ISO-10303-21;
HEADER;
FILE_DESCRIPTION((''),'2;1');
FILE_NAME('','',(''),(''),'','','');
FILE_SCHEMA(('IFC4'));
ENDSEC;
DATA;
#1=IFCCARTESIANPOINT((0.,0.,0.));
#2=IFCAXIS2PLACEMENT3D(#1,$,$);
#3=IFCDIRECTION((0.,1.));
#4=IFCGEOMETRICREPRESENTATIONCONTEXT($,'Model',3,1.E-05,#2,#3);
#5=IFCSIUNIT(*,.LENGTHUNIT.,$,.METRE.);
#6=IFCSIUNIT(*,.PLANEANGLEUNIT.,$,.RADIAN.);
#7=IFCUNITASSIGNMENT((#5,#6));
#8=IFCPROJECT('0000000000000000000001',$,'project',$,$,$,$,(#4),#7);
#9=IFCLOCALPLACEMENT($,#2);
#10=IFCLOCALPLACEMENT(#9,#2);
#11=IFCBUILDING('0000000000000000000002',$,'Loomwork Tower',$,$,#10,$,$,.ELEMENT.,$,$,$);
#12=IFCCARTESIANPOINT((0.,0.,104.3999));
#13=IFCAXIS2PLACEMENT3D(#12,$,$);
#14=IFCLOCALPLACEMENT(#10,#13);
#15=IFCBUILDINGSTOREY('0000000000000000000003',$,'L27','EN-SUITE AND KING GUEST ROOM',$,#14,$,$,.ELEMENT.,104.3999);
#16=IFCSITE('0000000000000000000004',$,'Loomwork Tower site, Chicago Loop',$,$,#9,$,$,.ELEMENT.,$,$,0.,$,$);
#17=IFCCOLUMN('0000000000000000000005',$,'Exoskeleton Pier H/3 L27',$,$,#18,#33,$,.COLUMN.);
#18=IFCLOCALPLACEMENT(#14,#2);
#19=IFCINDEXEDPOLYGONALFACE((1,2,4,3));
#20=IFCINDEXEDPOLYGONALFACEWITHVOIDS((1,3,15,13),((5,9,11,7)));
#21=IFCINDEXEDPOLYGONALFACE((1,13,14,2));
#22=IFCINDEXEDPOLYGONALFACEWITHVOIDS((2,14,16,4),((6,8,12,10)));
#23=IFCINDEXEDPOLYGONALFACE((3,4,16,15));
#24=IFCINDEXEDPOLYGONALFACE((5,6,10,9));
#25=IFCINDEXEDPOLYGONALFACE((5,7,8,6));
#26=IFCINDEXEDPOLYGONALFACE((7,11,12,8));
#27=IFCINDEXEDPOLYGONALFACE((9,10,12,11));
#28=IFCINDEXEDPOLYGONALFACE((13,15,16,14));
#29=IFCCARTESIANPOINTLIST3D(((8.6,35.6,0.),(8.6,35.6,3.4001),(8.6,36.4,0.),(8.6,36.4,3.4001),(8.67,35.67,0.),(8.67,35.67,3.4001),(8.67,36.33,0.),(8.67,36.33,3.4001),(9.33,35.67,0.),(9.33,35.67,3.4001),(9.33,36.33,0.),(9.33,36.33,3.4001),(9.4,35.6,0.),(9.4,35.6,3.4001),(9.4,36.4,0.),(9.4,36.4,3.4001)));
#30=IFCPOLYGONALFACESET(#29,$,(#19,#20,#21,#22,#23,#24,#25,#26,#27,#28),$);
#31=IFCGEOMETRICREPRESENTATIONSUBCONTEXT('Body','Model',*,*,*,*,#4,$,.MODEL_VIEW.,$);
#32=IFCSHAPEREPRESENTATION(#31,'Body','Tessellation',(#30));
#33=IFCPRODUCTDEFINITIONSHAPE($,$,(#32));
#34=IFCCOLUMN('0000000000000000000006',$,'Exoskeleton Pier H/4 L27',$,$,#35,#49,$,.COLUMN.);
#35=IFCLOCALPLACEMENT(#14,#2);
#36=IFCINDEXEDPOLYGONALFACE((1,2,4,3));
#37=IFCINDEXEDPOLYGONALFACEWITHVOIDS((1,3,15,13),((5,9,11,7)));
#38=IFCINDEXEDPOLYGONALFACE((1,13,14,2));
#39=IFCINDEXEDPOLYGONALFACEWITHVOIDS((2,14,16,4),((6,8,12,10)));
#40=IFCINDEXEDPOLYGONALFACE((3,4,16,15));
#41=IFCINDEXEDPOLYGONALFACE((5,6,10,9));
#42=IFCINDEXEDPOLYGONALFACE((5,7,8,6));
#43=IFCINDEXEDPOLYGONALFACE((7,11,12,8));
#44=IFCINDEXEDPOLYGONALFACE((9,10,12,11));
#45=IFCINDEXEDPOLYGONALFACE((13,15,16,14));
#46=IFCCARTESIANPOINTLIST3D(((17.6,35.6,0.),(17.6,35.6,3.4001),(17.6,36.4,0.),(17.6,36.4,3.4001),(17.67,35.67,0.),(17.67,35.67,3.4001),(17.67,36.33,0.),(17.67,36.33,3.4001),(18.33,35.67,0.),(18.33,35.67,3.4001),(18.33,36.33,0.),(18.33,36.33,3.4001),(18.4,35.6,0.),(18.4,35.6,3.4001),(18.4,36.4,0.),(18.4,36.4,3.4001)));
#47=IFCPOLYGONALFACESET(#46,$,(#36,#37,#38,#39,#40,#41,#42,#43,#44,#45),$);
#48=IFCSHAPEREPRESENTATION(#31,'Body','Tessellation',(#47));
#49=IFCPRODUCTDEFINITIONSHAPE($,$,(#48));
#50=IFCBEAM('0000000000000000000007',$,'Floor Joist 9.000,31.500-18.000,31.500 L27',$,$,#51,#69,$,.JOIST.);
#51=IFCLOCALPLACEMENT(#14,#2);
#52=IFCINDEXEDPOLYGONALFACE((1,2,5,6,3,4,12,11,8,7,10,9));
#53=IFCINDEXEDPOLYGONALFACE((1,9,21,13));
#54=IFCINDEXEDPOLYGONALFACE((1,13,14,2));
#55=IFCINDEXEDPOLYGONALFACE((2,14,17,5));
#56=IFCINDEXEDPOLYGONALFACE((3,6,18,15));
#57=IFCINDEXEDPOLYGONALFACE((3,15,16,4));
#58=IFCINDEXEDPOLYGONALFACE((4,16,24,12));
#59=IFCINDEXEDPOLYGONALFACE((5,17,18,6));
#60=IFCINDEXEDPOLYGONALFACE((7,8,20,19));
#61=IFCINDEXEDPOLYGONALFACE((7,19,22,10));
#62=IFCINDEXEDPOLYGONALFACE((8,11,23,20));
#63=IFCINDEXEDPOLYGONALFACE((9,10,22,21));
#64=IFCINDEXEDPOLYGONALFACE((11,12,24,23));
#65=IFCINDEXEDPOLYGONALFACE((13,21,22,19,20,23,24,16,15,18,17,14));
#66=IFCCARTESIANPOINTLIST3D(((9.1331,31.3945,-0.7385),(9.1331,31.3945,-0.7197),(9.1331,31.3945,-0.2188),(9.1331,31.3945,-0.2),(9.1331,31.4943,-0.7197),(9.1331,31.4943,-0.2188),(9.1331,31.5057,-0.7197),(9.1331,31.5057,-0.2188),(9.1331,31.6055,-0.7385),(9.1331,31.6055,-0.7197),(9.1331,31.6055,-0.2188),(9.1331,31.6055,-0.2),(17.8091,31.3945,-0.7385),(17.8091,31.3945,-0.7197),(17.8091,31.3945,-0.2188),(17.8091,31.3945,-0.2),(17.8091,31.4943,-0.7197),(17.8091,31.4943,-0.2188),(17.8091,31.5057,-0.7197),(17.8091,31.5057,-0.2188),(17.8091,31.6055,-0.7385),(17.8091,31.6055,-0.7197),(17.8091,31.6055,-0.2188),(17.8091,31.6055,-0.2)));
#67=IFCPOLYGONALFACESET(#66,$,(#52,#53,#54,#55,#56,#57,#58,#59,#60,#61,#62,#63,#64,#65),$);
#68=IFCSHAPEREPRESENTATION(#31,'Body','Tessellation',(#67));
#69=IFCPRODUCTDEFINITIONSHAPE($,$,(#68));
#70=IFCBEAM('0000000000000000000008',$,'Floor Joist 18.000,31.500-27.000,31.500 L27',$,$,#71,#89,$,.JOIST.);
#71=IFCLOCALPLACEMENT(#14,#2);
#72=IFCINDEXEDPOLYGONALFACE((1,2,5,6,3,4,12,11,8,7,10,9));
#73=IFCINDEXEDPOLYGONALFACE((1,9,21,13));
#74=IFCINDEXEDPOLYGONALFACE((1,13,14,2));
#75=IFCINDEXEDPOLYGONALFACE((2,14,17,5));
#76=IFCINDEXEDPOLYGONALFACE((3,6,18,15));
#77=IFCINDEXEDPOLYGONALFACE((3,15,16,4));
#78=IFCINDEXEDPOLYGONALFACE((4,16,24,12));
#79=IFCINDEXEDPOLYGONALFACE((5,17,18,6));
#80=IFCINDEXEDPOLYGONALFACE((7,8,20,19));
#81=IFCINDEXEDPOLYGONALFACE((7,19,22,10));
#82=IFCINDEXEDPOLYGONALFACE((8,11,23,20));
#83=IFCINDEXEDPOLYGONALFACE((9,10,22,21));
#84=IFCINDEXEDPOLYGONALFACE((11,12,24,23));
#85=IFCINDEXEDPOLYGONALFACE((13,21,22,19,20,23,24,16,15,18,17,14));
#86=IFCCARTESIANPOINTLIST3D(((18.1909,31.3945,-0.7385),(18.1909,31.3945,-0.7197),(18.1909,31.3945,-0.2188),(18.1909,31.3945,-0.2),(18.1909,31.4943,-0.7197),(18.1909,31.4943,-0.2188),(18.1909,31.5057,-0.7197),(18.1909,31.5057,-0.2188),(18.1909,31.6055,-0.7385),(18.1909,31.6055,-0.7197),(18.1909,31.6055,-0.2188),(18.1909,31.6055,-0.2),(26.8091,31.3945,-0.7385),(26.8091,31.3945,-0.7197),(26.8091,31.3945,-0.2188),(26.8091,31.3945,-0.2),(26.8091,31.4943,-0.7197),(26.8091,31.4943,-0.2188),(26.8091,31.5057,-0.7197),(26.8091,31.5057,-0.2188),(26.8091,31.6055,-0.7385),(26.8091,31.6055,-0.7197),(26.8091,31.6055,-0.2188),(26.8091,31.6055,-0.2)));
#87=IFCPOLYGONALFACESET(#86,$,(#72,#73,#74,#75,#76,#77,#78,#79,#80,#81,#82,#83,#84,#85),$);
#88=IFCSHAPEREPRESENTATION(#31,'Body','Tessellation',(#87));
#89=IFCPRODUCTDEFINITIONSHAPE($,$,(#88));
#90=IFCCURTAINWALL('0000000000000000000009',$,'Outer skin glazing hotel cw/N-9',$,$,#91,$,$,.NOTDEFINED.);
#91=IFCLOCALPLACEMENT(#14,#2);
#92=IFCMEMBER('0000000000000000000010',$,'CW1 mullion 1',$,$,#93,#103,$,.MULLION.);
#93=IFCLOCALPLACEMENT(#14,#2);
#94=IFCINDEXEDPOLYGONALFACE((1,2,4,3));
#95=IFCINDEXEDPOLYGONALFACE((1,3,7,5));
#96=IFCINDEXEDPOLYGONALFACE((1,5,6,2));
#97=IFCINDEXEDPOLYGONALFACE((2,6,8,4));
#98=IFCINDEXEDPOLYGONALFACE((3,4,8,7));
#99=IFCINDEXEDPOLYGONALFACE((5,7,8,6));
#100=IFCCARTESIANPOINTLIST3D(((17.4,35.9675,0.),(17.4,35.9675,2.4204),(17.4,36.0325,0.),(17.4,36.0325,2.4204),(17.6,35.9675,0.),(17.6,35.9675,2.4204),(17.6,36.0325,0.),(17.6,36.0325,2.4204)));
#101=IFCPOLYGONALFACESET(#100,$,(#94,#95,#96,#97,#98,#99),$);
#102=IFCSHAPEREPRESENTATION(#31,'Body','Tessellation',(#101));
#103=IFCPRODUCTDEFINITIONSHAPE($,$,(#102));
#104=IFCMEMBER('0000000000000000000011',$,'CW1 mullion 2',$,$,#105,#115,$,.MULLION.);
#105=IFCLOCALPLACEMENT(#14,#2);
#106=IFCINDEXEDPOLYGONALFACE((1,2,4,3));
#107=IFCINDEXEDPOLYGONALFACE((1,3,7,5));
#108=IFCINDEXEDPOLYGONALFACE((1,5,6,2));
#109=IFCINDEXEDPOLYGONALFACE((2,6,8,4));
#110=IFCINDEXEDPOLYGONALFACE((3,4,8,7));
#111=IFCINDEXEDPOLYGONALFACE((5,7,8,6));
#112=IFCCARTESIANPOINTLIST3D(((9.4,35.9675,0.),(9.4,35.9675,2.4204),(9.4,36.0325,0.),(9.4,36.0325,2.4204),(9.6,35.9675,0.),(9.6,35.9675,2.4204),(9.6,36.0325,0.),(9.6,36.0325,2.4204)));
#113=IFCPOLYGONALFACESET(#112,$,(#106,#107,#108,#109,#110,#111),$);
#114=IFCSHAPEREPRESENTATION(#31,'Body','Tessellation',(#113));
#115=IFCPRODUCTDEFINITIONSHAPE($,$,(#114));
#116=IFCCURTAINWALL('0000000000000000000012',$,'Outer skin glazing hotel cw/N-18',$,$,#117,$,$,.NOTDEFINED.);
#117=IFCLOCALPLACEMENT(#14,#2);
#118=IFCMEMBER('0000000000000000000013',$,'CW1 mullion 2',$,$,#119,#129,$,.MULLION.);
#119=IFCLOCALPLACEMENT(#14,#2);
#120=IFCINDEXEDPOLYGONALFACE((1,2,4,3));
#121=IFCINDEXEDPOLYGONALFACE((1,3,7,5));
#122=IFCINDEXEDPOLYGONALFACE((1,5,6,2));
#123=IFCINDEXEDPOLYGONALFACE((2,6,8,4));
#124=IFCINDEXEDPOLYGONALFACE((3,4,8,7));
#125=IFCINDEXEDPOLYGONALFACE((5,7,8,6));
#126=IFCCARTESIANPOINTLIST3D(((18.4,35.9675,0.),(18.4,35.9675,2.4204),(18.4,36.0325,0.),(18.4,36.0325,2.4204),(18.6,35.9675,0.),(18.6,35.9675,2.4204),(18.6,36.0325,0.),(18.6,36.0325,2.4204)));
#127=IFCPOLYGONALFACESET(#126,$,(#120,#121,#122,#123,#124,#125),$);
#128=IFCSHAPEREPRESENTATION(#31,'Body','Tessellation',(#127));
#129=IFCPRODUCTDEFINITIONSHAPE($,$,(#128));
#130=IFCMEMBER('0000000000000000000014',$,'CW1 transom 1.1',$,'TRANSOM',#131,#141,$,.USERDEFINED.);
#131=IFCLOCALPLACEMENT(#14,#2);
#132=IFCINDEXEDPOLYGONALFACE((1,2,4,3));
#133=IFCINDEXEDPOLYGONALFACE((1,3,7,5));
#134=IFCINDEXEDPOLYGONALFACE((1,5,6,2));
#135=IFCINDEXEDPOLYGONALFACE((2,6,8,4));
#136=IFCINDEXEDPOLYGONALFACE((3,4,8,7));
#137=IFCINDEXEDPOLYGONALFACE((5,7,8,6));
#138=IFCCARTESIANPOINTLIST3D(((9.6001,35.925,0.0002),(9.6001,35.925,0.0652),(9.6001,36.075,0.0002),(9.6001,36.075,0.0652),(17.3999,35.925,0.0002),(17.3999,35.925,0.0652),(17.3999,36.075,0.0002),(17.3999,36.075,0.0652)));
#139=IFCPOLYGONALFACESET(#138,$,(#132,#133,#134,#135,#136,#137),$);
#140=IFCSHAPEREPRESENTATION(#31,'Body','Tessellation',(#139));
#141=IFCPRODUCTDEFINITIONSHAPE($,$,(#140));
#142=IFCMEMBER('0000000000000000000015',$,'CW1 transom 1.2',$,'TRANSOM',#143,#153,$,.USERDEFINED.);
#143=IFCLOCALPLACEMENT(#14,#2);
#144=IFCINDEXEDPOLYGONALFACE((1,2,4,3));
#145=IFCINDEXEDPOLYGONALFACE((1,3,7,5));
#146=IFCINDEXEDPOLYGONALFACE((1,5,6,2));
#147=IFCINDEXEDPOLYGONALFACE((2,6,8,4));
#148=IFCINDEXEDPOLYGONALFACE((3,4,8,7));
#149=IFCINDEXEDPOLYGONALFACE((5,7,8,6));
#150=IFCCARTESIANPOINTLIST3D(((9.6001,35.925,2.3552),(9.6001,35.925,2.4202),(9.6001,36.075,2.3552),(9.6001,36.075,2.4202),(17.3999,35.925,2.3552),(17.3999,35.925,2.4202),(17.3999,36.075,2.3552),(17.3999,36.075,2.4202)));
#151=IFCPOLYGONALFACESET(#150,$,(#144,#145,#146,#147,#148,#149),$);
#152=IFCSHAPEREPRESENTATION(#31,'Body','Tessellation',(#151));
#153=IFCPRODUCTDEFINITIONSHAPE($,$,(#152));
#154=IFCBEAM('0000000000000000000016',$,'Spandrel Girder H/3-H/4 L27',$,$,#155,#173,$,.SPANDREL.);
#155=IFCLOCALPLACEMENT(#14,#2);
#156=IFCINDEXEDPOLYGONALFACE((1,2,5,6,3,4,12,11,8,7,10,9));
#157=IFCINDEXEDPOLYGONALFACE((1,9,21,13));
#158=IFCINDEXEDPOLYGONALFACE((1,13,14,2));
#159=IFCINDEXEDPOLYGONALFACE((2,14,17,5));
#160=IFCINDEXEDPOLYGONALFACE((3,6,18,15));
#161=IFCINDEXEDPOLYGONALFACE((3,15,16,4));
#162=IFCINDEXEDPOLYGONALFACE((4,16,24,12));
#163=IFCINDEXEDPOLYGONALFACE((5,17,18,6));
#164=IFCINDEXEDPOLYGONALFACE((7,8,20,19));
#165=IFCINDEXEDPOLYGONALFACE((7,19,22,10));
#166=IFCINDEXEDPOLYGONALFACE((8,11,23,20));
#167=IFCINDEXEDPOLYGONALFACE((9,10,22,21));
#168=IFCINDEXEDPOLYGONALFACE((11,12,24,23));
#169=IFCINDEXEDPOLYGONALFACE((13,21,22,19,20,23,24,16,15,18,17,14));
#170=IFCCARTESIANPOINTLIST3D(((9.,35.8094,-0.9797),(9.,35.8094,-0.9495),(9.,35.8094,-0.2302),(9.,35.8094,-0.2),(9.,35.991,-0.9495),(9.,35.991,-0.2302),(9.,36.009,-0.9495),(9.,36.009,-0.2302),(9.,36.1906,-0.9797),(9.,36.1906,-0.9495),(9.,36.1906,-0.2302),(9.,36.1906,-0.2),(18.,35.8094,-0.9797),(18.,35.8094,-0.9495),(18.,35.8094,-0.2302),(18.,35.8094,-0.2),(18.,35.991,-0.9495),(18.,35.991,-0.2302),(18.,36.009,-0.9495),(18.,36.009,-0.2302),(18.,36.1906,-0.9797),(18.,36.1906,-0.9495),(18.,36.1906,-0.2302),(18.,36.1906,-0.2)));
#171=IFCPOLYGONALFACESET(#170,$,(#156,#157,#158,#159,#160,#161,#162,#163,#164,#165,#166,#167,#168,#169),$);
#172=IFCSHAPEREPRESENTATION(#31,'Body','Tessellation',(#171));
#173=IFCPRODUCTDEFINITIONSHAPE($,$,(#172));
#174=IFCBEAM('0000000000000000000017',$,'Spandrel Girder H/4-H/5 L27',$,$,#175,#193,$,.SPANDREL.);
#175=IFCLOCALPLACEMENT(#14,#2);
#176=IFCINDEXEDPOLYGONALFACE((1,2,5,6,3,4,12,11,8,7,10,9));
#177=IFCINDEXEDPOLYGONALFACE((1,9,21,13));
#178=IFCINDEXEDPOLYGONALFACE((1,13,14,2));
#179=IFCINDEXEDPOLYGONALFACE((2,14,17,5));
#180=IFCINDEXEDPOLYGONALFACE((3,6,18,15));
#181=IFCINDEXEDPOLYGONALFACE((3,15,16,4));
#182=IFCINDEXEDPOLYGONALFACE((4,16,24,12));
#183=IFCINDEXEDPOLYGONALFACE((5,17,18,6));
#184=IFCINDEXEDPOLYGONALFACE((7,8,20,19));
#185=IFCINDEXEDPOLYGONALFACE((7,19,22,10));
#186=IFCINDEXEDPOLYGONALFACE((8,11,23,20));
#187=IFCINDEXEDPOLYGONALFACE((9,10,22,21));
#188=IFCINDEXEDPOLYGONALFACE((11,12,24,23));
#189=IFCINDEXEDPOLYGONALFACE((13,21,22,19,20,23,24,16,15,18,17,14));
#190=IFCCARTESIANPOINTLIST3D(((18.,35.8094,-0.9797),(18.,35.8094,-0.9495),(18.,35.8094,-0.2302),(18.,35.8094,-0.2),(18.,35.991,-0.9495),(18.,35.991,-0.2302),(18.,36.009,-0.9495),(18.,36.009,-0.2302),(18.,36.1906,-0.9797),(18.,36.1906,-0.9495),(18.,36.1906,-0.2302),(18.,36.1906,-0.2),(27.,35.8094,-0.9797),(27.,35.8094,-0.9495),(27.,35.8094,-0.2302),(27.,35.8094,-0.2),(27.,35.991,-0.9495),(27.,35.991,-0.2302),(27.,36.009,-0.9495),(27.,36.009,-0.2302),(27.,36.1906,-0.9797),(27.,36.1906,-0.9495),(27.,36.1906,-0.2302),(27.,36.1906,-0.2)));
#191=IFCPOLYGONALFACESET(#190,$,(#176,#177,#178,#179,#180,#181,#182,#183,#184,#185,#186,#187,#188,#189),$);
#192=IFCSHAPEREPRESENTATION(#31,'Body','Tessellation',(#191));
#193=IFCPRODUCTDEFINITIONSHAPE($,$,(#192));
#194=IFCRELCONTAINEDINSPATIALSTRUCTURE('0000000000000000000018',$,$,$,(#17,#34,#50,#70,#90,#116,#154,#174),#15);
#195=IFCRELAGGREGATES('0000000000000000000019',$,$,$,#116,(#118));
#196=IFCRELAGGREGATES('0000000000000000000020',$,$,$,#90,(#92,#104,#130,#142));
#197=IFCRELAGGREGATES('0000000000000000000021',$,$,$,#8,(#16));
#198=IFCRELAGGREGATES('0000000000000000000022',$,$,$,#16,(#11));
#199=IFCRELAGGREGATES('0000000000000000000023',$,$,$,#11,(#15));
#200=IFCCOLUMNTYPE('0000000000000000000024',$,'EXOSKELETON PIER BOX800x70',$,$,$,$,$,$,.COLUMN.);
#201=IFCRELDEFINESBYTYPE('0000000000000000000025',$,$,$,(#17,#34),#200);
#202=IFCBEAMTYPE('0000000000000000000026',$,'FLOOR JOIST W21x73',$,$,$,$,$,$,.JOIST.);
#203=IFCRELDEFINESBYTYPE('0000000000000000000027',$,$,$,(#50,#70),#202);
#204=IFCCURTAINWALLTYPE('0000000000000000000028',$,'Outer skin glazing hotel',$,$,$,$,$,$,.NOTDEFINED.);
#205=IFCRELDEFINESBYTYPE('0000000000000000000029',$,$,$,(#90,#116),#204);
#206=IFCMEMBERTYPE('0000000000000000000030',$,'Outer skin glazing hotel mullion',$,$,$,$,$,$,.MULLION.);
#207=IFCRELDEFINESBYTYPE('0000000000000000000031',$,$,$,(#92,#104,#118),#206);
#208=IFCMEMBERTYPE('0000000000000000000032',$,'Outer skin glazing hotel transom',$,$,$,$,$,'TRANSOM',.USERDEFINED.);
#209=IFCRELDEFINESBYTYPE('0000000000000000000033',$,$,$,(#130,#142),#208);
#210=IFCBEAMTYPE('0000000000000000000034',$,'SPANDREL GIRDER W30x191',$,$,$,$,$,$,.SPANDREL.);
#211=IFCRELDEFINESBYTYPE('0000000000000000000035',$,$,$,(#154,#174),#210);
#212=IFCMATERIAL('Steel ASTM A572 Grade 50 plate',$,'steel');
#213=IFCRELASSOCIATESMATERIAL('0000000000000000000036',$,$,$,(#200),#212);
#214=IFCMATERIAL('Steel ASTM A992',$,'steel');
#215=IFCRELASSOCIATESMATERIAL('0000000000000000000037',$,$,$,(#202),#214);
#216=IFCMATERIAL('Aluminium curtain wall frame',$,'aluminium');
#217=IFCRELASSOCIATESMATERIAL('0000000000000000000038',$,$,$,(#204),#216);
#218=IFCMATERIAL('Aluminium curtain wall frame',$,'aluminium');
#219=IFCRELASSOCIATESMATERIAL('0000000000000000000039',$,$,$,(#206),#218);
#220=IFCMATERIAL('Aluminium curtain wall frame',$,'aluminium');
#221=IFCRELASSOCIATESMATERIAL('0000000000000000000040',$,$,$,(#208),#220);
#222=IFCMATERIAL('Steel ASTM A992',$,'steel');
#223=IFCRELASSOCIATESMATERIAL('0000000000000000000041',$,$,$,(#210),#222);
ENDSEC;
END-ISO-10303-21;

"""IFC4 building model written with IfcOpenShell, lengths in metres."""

from ifc_helpers import new_model, si_unit, direction, frame, origin, origin_2d, place, context, subcontext, project, spatial, rectangle, hollow_rectangle, i_section, extrude, material, material_profile, profile_set, type_object, element, aggregate, save


model = new_model("IFC4")

# Units and contexts
model_context = context("Model", 3, precision=1e-05, world=origin(), true_north=direction((0.0, 1.0)))
body_context = subcontext(model_context, "Body", "Model", "MODEL_VIEW")
ifc_project = project(units=[si_unit("LENGTHUNIT", "METRE"), si_unit("PLANEANGLEUNIT", "RADIAN")], contexts=[model_context])

# Site, building, storey
site_placement = place(None, origin())
site = spatial("IfcSite", under=ifc_project, at=site_placement, Name="Loomwork Tower site, Chicago Loop", CompositionType="ELEMENT", RefElevation=0.0)
building_placement = place(site_placement, origin())
building = spatial("IfcBuilding", under=site, at=building_placement, Name="Loomwork Tower", CompositionType="ELEMENT")
storey_placement = place(building_placement, frame((0.0, 0.0, 104.3999)))
storey = spatial("IfcBuildingStorey", under=building, at=storey_placement, Name="L27", Description="EN-SUITE AND KING GUEST ROOM", CompositionType="ELEMENT", Elevation=104.3999)

# Columns
ifc_material_1 = material(Name="Steel ASTM A572 Grade 50 plate", Category="steel")
ifc_material_profile_1 = material_profile(ifc_material_1, hollow_rectangle(XDim=0.8, YDim=0.8, WallThickness=0.0701, at=origin_2d()), Name="BOX800x70")
ifc_profile_set_1 = profile_set([ifc_material_profile_1], Name="Steel ASTM A572 Grade 50 plate")
column_type = type_object("IfcColumnType", Name="EXOSKELETON PIER BOX800x70", PredefinedType="COLUMN", material=ifc_profile_set_1)
for number, where, z_axis, x_axis, name in (
    (1, (9.0, 36.0, 0.0), (0.0, 0.0, 1.0), (1.0, 0.0, 0.0), "Exoskeleton Pier H/3 L27"),
    (2, (18.0, 36.0, 0.0), (0.0, 0.0, 1.0), (1.0, 0.0, 0.0), "Exoskeleton Pier H/4 L27"),
):
    element("IfcColumn", number, at=place(storey_placement, frame(where, z_axis=z_axis, x_axis=x_axis)), inside=storey, type_object=column_type, Name=name, PredefinedType="COLUMN", context=body_context, shape_type="SweptSolid", body=[
        extrude(hollow_rectangle(XDim=0.8, YDim=0.8, WallThickness=0.0701, at=origin_2d()), origin(), (0.0, 0.0, 1.0), 3.4001),
    ])

# Beams
ifc_material_2 = material(Name="Steel ASTM A992", Category="steel")
ifc_material_profile_2 = material_profile(ifc_material_2, i_section(OverallWidth=0.2109, OverallDepth=0.5386, WebThickness=0.0115, FlangeThickness=0.0188, at=origin_2d()), Name="W21x73")
ifc_profile_set_2 = profile_set([ifc_material_profile_2], Name="Steel ASTM A992")
beam_type_1 = type_object("IfcBeamType", Name="FLOOR JOIST W21x73", PredefinedType="JOIST", material=ifc_profile_set_2)
beam_1_placement = place(storey_placement, frame((9.1331, 31.5, -0.4692), z_axis=(1.0, 0.0, 0.0), x_axis=(0.0, 1.0, 0.0)))
element("IfcBeam", 3, at=beam_1_placement, inside=storey, type_object=beam_type_1, Name="Floor Joist 9.000,31.500-18.000,31.500 L27", PredefinedType="JOIST", context=body_context, shape_type="SweptSolid", body=[
    extrude(i_section(OverallWidth=0.2109, OverallDepth=0.5386, WebThickness=0.0115, FlangeThickness=0.0188, at=origin_2d()), origin(), (0.0, 0.0, 1.0), 8.676),
])
beam_2_placement = place(storey_placement, frame((18.1909, 31.5, -0.4692), z_axis=(1.0, 0.0, 0.0), x_axis=(0.0, 1.0, 0.0)))
element("IfcBeam", 4, at=beam_2_placement, inside=storey, type_object=beam_type_1, Name="Floor Joist 18.000,31.500-27.000,31.500 L27", PredefinedType="JOIST", context=body_context, shape_type="SweptSolid", body=[
    extrude(i_section(OverallWidth=0.2109, OverallDepth=0.5386, WebThickness=0.0115, FlangeThickness=0.0188, at=origin_2d()), origin(), (0.0, 0.0, 1.0), 8.6182),
])

# Curtain wall, members
ifc_material_3 = material(Name="Aluminium curtain wall frame", Category="aluminium")
curtain_wall_type = type_object("IfcCurtainWallType", Name="Outer skin glazing hotel", PredefinedType="NOTDEFINED", material=ifc_material_3)
curtain_wall_1_placement = place(storey_placement, origin())
curtain_wall_1 = element("IfcCurtainWall", 5, at=curtain_wall_1_placement, inside=storey, type_object=curtain_wall_type, Name="Outer skin glazing hotel cw/N-9", PredefinedType="NOTDEFINED")
ifc_material_4 = material(Name="Aluminium curtain wall frame", Category="aluminium")
ifc_material_profile_3 = material_profile(ifc_material_4, rectangle(XDim=0.0649, YDim=0.2, at=origin_2d()), Name="AL 65x200")
ifc_profile_set_3 = profile_set([ifc_material_profile_3], Name="Aluminium curtain wall frame")
member_type_1 = type_object("IfcMemberType", Name="Outer skin glazing hotel mullion", PredefinedType="MULLION", material=ifc_profile_set_3)
member_1_placement = place(storey_placement, frame((17.5, 36.0, 0.0), z_axis=(0.0, 0.0, 1.0), x_axis=(0.0, -1.0, 0.0)))
member_1 = element("IfcMember", 6, at=member_1_placement, type_object=member_type_1, Name="CW1 mullion 1", PredefinedType="MULLION", context=body_context, shape_type="SweptSolid", body=[
    extrude(rectangle(XDim=0.0649, YDim=0.2, at=origin_2d()), origin(), (0.0, 0.0, 1.0), 2.4204),
])
member_2_placement = place(storey_placement, frame((9.5, 36.0, 0.0), z_axis=(0.0, 0.0, 1.0), x_axis=(0.0, -1.0, 0.0)))
member_2 = element("IfcMember", 7, at=member_2_placement, type_object=member_type_1, Name="CW1 mullion 2", PredefinedType="MULLION", context=body_context, shape_type="SweptSolid", body=[
    extrude(rectangle(XDim=0.0649, YDim=0.2, at=origin_2d()), origin(), (0.0, 0.0, 1.0), 2.4204),
])

# Curtain wall, member
curtain_wall_2_placement = place(storey_placement, origin())
curtain_wall_2 = element("IfcCurtainWall", 8, at=curtain_wall_2_placement, inside=storey, type_object=curtain_wall_type, Name="Outer skin glazing hotel cw/N-18", PredefinedType="NOTDEFINED")
member_3_placement = place(storey_placement, frame((18.5, 36.0, 0.0), z_axis=(0.0, 0.0, 1.0), x_axis=(0.0, -1.0, 0.0)))
member_3 = element("IfcMember", 9, at=member_3_placement, type_object=member_type_1, Name="CW1 mullion 2", PredefinedType="MULLION", context=body_context, shape_type="SweptSolid", body=[
    extrude(rectangle(XDim=0.0649, YDim=0.2, at=origin_2d()), origin(), (0.0, 0.0, 1.0), 2.4204),
])
aggregate(curtain_wall_2, [member_3])

# Members
ifc_material_5 = material(Name="Aluminium curtain wall frame", Category="aluminium")
ifc_material_profile_4 = material_profile(ifc_material_5, rectangle(XDim=0.1499, YDim=0.0649, at=origin_2d()), Name="AL 65x150")
ifc_profile_set_4 = profile_set([ifc_material_profile_4], Name="Aluminium curtain wall frame")
member_type_2 = type_object("IfcMemberType", Name="Outer skin glazing hotel transom", ElementType="TRANSOM", PredefinedType="USERDEFINED", material=ifc_profile_set_4)
member_4_placement = place(storey_placement, frame((17.3999, 36.0, 0.0327), z_axis=(-1.0, 0.0, 0.0), x_axis=(0.0, -1.0, 0.0)))
member_4 = element("IfcMember", 10, at=member_4_placement, type_object=member_type_2, Name="CW1 transom 1.1", ObjectType="TRANSOM", PredefinedType="USERDEFINED", context=body_context, shape_type="SweptSolid", body=[
    extrude(rectangle(XDim=0.1499, YDim=0.0649, at=origin_2d()), origin(), (0.0, 0.0, 1.0), 7.7998),
])
member_5_placement = place(storey_placement, frame((17.3999, 36.0, 2.3877), z_axis=(-1.0, 0.0, 0.0), x_axis=(0.0, -1.0, 0.0)))
member_5 = element("IfcMember", 11, at=member_5_placement, type_object=member_type_2, Name="CW1 transom 1.2", ObjectType="TRANSOM", PredefinedType="USERDEFINED", context=body_context, shape_type="SweptSolid", body=[
    extrude(rectangle(XDim=0.1499, YDim=0.0649, at=origin_2d()), origin(), (0.0, 0.0, 1.0), 7.7998),
])

# Beams
ifc_material_6 = material(Name="Steel ASTM A992", Category="steel")
ifc_material_profile_5 = material_profile(ifc_material_6, i_section(OverallWidth=0.3811, OverallDepth=0.7798, WebThickness=0.0181, FlangeThickness=0.0303, at=origin_2d()), Name="W30x191")
ifc_profile_set_5 = profile_set([ifc_material_profile_5], Name="Steel ASTM A992")
beam_type_2 = type_object("IfcBeamType", Name="SPANDREL GIRDER W30x191", PredefinedType="SPANDREL", material=ifc_profile_set_5)
for number, where, z_axis, x_axis, name in (
    (12, (9.0, 36.0, -0.5898), (1.0, 0.0, 0.0), (0.0, 1.0, 0.0), "Spandrel Girder H/3-H/4 L27"),
    (13, (18.0, 36.0, -0.5898), (1.0, 0.0, 0.0), (0.0, 1.0, 0.0), "Spandrel Girder H/4-H/5 L27"),
):
    element("IfcBeam", number, at=place(storey_placement, frame(where, z_axis=z_axis, x_axis=x_axis)), inside=storey, type_object=beam_type_2, Name=name, PredefinedType="SPANDREL", context=body_context, shape_type="SweptSolid", body=[
        extrude(i_section(OverallWidth=0.3811, OverallDepth=0.7798, WebThickness=0.0181, FlangeThickness=0.0303, at=origin_2d()), origin(), (0.0, 0.0, 1.0), 9.0),
    ])

aggregate(curtain_wall_1, [member_1, member_2, member_4, member_5])

save(model, "model.ifc")
